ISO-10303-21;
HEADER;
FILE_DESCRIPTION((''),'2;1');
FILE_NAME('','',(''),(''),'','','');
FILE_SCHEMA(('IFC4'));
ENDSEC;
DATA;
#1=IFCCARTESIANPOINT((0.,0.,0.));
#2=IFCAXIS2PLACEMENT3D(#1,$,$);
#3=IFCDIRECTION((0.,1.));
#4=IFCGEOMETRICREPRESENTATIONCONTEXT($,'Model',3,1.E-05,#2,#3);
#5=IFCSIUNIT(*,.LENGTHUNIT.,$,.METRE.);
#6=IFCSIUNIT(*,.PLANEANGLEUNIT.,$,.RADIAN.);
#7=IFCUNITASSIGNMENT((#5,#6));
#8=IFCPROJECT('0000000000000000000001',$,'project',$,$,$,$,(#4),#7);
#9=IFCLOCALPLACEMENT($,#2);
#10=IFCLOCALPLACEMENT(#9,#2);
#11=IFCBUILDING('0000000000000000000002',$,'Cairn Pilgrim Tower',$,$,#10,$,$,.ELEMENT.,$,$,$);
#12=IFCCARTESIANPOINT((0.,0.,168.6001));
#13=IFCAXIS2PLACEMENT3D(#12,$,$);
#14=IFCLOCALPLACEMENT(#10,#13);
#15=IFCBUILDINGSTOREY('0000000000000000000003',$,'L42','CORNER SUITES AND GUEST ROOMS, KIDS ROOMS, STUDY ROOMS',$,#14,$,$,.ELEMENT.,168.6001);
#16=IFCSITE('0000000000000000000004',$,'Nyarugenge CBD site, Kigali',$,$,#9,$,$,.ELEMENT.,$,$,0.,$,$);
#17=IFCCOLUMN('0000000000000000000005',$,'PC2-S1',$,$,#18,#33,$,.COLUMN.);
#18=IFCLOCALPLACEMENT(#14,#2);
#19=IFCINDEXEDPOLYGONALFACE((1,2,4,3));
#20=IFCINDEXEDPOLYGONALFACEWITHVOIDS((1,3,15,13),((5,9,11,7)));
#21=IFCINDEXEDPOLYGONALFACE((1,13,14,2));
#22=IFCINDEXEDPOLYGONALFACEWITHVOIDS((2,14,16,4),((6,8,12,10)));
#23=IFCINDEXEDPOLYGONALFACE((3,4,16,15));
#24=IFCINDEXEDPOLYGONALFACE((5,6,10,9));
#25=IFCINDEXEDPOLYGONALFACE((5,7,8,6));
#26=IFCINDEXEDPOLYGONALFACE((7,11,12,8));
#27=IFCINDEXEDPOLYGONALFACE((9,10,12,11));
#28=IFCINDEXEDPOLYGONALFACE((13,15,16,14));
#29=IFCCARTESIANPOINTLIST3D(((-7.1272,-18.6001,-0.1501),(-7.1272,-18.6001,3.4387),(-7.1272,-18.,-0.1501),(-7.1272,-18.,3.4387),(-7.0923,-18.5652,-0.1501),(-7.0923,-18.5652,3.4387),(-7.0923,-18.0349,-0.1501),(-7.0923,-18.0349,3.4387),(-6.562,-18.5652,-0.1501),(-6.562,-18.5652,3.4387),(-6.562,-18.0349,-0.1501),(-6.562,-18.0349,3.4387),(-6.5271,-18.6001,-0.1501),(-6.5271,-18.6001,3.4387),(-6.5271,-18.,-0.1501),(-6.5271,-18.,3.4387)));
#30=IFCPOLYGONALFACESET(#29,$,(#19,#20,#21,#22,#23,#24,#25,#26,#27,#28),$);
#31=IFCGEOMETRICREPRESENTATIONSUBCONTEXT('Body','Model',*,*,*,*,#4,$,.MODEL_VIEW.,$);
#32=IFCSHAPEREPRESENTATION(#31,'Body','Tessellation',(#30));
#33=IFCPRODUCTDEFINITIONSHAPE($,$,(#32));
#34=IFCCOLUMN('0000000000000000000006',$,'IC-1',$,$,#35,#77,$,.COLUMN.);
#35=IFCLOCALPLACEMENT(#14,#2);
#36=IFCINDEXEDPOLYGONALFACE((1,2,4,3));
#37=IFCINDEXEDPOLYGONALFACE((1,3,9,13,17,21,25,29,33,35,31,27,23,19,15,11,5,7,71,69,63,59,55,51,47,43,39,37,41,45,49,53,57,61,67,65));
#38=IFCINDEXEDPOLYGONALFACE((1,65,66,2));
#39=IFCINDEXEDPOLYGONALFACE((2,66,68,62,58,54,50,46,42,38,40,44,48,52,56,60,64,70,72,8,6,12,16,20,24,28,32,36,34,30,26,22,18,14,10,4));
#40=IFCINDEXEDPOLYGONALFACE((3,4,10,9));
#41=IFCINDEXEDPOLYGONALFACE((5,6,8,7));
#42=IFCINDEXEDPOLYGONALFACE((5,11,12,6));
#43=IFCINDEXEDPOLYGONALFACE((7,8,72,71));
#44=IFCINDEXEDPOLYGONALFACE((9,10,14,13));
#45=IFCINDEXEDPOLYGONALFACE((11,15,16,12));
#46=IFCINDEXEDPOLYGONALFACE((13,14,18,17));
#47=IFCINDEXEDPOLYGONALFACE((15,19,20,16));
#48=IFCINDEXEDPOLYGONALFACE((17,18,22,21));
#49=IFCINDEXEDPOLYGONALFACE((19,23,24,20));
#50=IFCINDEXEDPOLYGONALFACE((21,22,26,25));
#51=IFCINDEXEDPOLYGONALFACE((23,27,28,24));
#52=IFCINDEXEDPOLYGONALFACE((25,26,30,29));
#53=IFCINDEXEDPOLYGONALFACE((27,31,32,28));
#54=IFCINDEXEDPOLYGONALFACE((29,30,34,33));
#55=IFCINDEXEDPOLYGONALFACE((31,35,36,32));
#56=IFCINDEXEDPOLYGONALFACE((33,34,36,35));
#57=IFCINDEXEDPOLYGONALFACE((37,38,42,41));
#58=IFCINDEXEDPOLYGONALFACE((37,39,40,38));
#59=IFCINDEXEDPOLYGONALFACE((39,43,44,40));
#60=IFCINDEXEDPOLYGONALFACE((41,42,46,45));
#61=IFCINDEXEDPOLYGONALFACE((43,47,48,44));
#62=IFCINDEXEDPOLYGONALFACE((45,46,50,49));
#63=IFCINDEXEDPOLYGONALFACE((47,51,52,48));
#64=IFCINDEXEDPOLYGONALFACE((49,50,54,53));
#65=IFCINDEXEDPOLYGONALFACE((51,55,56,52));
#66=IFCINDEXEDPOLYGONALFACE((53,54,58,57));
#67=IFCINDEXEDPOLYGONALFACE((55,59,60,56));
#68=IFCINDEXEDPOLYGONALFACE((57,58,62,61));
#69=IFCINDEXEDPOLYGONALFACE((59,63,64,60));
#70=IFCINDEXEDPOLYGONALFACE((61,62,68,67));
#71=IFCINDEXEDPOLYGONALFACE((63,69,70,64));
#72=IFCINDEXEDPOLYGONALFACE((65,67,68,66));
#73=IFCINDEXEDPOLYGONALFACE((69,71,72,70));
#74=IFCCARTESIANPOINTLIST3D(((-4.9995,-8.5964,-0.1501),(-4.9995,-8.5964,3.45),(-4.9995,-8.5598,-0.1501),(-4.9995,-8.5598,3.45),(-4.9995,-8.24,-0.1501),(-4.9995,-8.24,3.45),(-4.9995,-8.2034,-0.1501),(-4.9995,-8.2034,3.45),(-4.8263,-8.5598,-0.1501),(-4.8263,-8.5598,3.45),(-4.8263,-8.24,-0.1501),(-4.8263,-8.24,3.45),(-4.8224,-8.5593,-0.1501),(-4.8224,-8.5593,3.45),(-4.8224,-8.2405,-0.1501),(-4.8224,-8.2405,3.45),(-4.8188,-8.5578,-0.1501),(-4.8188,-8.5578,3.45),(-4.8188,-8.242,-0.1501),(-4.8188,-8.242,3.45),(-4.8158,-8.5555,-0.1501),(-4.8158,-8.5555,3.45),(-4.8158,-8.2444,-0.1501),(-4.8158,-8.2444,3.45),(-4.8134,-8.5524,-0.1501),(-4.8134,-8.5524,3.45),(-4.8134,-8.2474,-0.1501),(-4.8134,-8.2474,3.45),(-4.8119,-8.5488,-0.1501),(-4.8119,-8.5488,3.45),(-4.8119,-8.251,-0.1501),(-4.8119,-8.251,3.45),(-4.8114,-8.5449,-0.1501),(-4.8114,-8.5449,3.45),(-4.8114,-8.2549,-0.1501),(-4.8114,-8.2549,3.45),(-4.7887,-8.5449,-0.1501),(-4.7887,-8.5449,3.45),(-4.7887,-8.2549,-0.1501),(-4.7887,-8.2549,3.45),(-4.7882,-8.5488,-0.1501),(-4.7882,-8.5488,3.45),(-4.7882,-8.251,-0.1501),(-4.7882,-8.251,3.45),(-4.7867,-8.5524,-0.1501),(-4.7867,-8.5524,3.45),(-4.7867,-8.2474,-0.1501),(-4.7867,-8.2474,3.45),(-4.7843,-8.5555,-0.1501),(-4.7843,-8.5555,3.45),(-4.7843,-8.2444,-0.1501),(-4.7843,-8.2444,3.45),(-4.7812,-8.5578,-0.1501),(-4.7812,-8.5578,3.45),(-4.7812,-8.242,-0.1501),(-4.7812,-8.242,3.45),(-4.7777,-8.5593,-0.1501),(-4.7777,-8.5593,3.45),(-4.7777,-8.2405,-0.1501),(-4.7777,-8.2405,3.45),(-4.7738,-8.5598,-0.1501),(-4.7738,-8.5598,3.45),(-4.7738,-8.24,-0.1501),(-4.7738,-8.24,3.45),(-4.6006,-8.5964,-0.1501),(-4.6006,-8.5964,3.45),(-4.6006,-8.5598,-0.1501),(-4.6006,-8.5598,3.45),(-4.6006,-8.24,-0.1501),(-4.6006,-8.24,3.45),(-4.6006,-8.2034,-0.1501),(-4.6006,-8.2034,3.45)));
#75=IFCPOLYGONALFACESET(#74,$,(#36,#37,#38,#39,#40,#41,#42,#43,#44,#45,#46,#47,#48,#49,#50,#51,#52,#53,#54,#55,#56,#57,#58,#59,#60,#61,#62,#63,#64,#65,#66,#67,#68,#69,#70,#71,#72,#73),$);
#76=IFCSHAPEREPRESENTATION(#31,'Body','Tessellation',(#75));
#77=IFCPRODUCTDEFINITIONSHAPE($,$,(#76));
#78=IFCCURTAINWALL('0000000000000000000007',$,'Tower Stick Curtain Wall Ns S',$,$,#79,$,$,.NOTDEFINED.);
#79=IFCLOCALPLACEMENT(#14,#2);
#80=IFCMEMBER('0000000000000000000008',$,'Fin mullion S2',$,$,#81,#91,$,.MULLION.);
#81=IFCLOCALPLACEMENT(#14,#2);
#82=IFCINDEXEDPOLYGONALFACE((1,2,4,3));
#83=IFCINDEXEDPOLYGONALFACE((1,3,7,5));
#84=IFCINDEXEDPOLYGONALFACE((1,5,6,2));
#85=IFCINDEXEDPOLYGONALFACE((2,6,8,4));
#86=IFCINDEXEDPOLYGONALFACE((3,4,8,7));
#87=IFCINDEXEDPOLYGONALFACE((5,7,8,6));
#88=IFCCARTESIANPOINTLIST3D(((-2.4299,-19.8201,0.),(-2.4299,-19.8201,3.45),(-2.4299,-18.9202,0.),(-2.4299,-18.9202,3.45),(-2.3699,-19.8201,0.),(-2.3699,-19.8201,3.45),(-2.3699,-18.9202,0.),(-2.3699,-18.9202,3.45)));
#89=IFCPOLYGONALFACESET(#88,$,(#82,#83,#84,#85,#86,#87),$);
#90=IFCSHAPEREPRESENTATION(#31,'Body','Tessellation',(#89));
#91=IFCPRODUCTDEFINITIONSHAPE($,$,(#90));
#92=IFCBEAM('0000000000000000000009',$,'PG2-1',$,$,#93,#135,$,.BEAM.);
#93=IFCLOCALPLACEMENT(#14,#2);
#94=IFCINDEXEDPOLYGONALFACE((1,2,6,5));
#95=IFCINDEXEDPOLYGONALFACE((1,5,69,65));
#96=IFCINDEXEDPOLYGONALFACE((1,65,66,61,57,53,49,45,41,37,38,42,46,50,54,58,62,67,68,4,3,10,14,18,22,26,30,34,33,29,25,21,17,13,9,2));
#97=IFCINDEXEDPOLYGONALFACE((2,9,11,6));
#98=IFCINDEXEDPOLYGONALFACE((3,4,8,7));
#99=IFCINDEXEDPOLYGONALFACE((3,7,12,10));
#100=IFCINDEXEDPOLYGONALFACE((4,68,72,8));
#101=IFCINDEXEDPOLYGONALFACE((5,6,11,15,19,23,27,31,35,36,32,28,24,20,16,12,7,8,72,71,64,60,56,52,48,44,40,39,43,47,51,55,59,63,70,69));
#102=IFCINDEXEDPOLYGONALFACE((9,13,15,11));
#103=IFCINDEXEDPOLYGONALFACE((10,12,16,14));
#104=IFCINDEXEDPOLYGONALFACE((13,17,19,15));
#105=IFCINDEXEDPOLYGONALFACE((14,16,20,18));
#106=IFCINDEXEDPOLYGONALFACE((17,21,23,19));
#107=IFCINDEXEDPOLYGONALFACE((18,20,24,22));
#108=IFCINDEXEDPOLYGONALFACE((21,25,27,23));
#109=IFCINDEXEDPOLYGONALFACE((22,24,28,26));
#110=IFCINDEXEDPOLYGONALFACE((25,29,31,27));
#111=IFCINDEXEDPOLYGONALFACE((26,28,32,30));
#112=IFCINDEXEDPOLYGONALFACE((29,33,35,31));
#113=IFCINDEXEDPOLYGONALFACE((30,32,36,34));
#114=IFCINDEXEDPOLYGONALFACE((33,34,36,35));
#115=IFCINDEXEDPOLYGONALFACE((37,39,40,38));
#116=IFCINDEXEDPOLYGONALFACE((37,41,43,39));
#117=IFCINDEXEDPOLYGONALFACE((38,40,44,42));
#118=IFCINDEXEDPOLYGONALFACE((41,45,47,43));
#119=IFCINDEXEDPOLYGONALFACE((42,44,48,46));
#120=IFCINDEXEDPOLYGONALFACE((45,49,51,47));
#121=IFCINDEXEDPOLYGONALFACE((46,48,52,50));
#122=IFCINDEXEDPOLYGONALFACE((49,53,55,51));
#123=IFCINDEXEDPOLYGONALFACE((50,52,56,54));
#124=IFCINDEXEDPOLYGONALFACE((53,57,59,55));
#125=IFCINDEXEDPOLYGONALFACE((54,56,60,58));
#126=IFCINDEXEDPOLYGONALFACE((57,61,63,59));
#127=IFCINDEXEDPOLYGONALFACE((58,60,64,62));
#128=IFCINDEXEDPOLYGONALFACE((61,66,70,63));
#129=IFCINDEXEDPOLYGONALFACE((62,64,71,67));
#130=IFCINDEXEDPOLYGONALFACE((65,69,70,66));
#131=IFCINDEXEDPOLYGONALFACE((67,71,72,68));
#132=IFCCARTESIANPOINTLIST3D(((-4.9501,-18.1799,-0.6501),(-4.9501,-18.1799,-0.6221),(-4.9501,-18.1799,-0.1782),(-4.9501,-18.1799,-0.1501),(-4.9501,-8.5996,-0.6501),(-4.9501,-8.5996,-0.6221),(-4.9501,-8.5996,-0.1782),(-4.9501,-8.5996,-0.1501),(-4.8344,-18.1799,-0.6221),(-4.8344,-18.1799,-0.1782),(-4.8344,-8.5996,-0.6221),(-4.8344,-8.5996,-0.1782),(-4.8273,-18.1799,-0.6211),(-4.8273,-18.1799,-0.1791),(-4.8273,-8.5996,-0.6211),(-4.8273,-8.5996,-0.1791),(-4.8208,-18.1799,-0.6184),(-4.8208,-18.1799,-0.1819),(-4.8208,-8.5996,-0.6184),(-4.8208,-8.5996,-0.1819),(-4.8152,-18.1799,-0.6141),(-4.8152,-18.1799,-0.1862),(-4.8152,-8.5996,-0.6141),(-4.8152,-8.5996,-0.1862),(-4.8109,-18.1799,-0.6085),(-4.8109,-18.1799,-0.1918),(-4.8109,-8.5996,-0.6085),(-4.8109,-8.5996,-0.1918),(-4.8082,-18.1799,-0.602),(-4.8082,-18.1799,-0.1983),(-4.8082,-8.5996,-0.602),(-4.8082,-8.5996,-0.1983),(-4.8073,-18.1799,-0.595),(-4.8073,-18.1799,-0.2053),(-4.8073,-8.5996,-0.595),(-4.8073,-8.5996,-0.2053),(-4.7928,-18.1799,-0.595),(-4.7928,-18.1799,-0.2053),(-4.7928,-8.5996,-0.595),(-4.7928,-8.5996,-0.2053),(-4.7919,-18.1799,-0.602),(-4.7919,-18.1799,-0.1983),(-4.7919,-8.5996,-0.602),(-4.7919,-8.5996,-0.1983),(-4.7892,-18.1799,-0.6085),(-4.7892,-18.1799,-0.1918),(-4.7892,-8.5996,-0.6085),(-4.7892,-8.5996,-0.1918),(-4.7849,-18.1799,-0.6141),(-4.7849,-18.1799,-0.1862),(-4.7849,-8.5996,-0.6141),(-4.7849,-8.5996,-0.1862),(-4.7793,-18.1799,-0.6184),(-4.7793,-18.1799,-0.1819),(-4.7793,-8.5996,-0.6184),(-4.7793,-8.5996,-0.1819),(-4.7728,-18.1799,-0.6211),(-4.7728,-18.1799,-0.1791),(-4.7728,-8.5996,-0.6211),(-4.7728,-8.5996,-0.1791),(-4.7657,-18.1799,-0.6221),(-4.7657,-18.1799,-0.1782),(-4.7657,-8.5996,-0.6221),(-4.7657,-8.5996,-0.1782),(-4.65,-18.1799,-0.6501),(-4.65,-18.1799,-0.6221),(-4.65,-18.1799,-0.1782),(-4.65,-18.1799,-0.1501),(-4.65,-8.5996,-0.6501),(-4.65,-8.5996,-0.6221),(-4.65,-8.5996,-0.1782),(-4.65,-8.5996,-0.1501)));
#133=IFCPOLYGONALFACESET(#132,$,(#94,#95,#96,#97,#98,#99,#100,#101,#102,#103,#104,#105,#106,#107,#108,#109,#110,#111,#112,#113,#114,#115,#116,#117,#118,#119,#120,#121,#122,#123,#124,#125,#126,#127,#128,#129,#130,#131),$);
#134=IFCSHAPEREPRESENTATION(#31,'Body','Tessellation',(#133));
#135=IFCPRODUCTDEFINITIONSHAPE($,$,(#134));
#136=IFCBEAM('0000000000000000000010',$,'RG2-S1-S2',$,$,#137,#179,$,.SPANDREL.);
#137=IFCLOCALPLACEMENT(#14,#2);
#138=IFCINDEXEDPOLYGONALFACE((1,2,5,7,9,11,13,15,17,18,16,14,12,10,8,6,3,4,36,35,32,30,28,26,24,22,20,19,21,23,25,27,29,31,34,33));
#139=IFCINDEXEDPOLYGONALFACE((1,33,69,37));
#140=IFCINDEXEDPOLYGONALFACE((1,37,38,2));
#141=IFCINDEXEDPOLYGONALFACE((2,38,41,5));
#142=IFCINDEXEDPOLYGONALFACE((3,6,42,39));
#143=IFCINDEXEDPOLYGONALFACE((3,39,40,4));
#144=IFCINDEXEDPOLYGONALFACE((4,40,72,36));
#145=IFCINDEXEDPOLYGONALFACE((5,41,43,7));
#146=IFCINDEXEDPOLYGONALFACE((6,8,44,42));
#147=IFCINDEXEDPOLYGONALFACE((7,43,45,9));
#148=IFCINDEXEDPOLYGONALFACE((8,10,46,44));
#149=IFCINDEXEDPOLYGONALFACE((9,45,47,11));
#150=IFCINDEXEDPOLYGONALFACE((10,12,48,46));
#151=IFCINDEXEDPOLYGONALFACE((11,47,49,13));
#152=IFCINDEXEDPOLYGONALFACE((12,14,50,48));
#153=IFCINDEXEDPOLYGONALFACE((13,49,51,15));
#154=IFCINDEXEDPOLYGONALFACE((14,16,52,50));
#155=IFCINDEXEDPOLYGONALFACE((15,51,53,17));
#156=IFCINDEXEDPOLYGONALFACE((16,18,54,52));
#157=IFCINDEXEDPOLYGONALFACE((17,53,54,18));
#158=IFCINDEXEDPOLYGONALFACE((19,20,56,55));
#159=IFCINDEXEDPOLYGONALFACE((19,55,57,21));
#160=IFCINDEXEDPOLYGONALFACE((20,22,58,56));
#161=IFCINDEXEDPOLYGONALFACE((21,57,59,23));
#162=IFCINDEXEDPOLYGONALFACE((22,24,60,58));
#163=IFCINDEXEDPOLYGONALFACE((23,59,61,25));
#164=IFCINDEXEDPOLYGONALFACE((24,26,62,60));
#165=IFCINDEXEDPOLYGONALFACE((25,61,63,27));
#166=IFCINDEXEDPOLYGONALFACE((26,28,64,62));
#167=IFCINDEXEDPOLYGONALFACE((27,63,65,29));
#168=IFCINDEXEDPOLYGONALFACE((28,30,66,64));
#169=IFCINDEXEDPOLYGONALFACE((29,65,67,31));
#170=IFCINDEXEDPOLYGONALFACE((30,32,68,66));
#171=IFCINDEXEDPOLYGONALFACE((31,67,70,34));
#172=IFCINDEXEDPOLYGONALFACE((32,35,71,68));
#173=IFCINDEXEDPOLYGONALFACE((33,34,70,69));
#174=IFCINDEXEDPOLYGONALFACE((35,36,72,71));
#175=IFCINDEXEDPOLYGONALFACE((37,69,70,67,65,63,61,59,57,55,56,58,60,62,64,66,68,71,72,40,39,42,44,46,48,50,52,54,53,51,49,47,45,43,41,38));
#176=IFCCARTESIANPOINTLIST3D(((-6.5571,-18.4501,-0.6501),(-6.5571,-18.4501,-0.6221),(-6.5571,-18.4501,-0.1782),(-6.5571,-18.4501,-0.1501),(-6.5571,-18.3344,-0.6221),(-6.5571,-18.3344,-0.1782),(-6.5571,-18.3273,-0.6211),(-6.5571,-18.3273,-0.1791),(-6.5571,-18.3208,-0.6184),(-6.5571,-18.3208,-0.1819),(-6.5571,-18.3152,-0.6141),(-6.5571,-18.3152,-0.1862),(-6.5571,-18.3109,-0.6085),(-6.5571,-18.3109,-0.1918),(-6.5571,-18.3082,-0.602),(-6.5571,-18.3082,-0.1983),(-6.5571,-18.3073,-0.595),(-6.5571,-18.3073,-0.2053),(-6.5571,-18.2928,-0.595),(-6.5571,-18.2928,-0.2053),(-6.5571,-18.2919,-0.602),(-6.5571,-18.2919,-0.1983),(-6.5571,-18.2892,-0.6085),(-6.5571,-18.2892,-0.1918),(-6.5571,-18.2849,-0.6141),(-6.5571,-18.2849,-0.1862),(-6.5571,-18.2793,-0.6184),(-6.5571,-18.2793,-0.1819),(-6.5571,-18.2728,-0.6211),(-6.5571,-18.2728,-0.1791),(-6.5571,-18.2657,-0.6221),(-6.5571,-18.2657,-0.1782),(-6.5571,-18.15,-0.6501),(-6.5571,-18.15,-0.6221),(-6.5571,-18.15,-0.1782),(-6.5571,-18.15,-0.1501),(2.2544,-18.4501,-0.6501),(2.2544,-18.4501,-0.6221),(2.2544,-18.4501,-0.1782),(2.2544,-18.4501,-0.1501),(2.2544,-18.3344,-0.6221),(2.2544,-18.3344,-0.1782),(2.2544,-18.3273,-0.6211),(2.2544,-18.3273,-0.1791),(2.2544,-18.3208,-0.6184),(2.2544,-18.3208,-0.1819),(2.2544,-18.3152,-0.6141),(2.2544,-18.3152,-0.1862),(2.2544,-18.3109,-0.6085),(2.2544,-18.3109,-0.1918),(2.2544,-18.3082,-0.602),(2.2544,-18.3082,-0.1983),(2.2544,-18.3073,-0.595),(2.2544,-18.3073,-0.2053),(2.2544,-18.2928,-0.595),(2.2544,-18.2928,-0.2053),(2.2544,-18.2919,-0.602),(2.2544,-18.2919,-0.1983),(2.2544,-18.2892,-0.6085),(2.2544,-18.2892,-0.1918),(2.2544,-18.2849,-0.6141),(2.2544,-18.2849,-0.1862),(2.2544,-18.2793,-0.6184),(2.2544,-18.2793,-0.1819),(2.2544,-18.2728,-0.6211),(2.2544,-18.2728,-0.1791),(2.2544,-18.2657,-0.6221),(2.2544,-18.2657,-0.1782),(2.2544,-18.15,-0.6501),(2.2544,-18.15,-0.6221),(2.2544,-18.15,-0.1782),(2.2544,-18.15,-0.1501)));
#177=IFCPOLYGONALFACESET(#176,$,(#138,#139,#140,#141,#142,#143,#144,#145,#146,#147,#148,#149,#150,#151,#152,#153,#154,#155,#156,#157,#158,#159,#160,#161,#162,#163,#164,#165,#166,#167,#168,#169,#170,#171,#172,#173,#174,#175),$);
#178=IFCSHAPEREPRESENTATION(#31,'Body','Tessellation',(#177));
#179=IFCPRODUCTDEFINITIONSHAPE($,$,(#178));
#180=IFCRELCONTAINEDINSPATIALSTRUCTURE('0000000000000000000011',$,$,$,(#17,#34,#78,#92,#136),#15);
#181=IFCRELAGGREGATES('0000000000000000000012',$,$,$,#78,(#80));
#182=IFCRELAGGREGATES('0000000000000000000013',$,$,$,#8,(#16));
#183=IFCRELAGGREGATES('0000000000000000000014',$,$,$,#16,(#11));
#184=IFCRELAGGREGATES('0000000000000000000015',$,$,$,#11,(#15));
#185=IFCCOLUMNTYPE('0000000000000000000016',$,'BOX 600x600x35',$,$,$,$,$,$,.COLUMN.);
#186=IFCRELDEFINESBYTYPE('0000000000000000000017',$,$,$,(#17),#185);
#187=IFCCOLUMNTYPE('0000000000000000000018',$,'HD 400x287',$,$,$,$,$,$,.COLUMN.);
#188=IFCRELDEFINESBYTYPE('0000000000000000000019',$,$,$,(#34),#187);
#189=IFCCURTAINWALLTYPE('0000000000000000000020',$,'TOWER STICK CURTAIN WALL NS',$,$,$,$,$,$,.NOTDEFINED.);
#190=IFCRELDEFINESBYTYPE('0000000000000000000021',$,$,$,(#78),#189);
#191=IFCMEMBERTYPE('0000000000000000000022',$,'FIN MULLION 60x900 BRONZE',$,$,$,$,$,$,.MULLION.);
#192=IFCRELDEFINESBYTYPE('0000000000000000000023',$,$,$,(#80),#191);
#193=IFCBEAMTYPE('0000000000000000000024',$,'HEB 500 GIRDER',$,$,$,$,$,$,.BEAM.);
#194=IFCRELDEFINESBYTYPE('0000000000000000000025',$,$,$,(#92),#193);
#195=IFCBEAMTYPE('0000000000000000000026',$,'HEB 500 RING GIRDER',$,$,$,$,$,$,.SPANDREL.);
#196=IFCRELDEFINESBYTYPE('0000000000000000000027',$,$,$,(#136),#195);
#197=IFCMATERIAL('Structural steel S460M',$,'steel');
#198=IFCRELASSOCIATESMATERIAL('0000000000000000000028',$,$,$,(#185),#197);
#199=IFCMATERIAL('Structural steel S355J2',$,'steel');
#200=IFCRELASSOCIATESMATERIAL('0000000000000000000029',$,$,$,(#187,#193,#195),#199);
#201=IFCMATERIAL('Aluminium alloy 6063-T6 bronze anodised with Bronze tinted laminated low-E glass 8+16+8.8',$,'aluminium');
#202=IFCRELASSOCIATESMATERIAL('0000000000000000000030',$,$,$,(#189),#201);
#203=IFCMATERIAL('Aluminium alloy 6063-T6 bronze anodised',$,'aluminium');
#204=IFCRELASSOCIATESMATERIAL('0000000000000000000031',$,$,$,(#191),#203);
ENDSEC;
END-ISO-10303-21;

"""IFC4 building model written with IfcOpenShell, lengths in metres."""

from ifc_helpers import new_model, si_unit, direction, frame, origin, origin_2d, place, context, subcontext, project, spatial, rectangle, hollow_rectangle, i_section, extrude, clip, halfspace, material, material_profile, profile_set, type_object, element, aggregate, save


model = new_model("IFC4")

# Units and contexts
model_context = context("Model", 3, precision=1e-05, world=origin(), true_north=direction((0.0, 1.0)))
body_context = subcontext(model_context, "Body", "Model", "MODEL_VIEW")
ifc_project = project(units=[si_unit("LENGTHUNIT", "METRE"), si_unit("PLANEANGLEUNIT", "RADIAN")], contexts=[model_context])

# Site, building, storey
site_placement = place(None, origin())
site = spatial("IfcSite", under=ifc_project, at=site_placement, Name="Nyarugenge CBD site, Kigali", CompositionType="ELEMENT", RefElevation=0.0)
building_placement = place(site_placement, origin())
building = spatial("IfcBuilding", under=site, at=building_placement, Name="Cairn Pilgrim Tower", CompositionType="ELEMENT")
storey_placement = place(building_placement, frame((0.0, 0.0, 168.6001)))
storey = spatial("IfcBuildingStorey", under=building, at=storey_placement, Name="L42", Description="CORNER SUITES AND GUEST ROOMS, KIDS ROOMS, STUDY ROOMS", CompositionType="ELEMENT", Elevation=168.6001)

# Columns
ifc_material_1 = material(Name="Structural steel S460M", Category="steel")
ifc_material_profile_1 = material_profile(ifc_material_1, hollow_rectangle(XDim=0.6001, YDim=0.6001, WallThickness=0.0349, at=origin_2d()), Name="BOX 600x600x35")
ifc_profile_set_1 = profile_set([ifc_material_profile_1], Name="Structural steel S460M")
column_type_1 = type_object("IfcColumnType", Name="BOX 600x600x35", PredefinedType="COLUMN", material=ifc_profile_set_1)
column_1_placement = place(storey_placement, frame((-6.8271, -18.3, -0.1501), z_axis=(0.0, 0.0, 1.0), x_axis=(1.0, 0.0, 0.0)))
element("IfcColumn", 1, at=column_1_placement, inside=storey, type_object=column_type_1, Name="PC2-S1", PredefinedType="COLUMN", context=body_context, shape_type="Clipping", body=[
    clip(extrude(hollow_rectangle(XDim=0.6001, YDim=0.6001, WallThickness=0.0349, at=origin_2d()), origin(), (0.0, 0.0, 1.0), 3.6001), halfspace(frame((0.0, 0.0, 3.5889), z_axis=(0.0, 0.0, 1.0), x_axis=(1.0, 0.0, 0.0)), False)),
])
ifc_material_2 = material(Name="Structural steel S355J2", Category="steel")
ifc_material_profile_2 = material_profile(ifc_material_2, i_section(OverallWidth=0.3989, OverallDepth=0.3931, WebThickness=0.0227, FlangeThickness=0.0366, FilletRadius=0.0149, at=origin_2d()), Name="HD 400x287")
ifc_profile_set_2 = profile_set([ifc_material_profile_2], Name="Structural steel S355J2")
column_type_2 = type_object("IfcColumnType", Name="HD 400x287", PredefinedType="COLUMN", material=ifc_profile_set_2)
column_2_placement = place(storey_placement, frame((-4.8, -8.3999, -0.1501), z_axis=(0.0, 0.0, 1.0), x_axis=(1.0, 0.0, 0.0)))
element("IfcColumn", 2, at=column_2_placement, inside=storey, type_object=column_type_2, Name="IC-1", PredefinedType="COLUMN", context=body_context, shape_type="SweptSolid", body=[
    extrude(i_section(OverallWidth=0.3989, OverallDepth=0.3931, WebThickness=0.0227, FlangeThickness=0.0366, FilletRadius=0.0149, at=origin_2d()), origin(), (0.0, 0.0, 1.0), 3.6001),
])

# Curtain wall, member
ifc_material_3 = material(Name="Aluminium alloy 6063-T6 bronze anodised with Bronze tinted laminated low-E glass 8+16+8.8", Category="aluminium")
curtain_wall_type = type_object("IfcCurtainWallType", Name="TOWER STICK CURTAIN WALL NS", PredefinedType="NOTDEFINED", material=ifc_material_3)
curtain_wall_placement = place(storey_placement, origin())
curtain_wall = element("IfcCurtainWall", 3, at=curtain_wall_placement, inside=storey, type_object=curtain_wall_type, Name="Tower Stick Curtain Wall Ns S", PredefinedType="NOTDEFINED")
ifc_material_4 = material(Name="Aluminium alloy 6063-T6 bronze anodised", Category="aluminium")
ifc_material_profile_3 = material_profile(ifc_material_4, rectangle(XDim=0.8999, YDim=0.0601, at=origin_2d()), Name="FIN MULLION 60x900 BRONZE")
ifc_profile_set_3 = profile_set([ifc_material_profile_3], Name="Aluminium alloy 6063-T6 bronze anodised")
member_type = type_object("IfcMemberType", Name="FIN MULLION 60x900 BRONZE", PredefinedType="MULLION", material=ifc_profile_set_3)
member_placement = place(storey_placement, frame((-2.3999, -19.3701, 0.0), z_axis=(0.0, 0.0, 1.0), x_axis=(0.0, -1.0, 0.0)))
member = element("IfcMember", 4, at=member_placement, type_object=member_type, Name="Fin mullion S2", PredefinedType="MULLION", context=body_context, shape_type="SweptSolid", body=[
    extrude(rectangle(XDim=0.8999, YDim=0.0601, at=origin_2d()), origin(), (0.0, 0.0, 1.0), 3.45),
])
aggregate(curtain_wall, [member])

# Beams
ifc_material_profile_4 = material_profile(ifc_material_2, i_section(OverallWidth=0.3, OverallDepth=0.5, WebThickness=0.0144, FlangeThickness=0.0281, FilletRadius=0.0271, at=origin_2d()), Name="HEB 500")
ifc_profile_set_4 = profile_set([ifc_material_profile_4], Name="Structural steel S355J2")
beam_type_1 = type_object("IfcBeamType", Name="HEB 500 GIRDER", PredefinedType="BEAM", material=ifc_profile_set_4)
beam_1_placement = place(storey_placement, frame((-4.8, -18.1799, -0.4001), z_axis=(0.0, 1.0, 0.0), x_axis=(-1.0, 0.0, 0.0)))
element("IfcBeam", 5, at=beam_1_placement, inside=storey, type_object=beam_type_1, Name="PG2-1", PredefinedType="BEAM", context=body_context, shape_type="SweptSolid", body=[
    extrude(i_section(OverallWidth=0.3, OverallDepth=0.5, WebThickness=0.0144, FlangeThickness=0.0281, FilletRadius=0.0271, at=origin_2d()), origin(), (0.0, 0.0, 1.0), 9.5803),
])
ifc_material_profile_5 = material_profile(ifc_material_2, i_section(OverallWidth=0.3, OverallDepth=0.5, WebThickness=0.0144, FlangeThickness=0.0281, FilletRadius=0.0271, at=origin_2d()), Name="HEB 500")
ifc_profile_set_5 = profile_set([ifc_material_profile_5], Name="Structural steel S355J2")
beam_type_2 = type_object("IfcBeamType", Name="HEB 500 RING GIRDER", PredefinedType="SPANDREL", material=ifc_profile_set_5)
beam_2_placement = place(storey_placement, frame((-6.5571, -18.3, -0.4001), z_axis=(1.0, 0.0, 0.0), x_axis=(0.0, 1.0, 0.0)))
element("IfcBeam", 6, at=beam_2_placement, inside=storey, type_object=beam_type_2, Name="RG2-S1-S2", PredefinedType="SPANDREL", context=body_context, shape_type="SweptSolid", body=[
    extrude(i_section(OverallWidth=0.3, OverallDepth=0.5, WebThickness=0.0144, FlangeThickness=0.0281, FilletRadius=0.0271, at=origin_2d()), origin(), (0.0, 0.0, 1.0), 8.8115),
])

save(model, "model.ifc")
